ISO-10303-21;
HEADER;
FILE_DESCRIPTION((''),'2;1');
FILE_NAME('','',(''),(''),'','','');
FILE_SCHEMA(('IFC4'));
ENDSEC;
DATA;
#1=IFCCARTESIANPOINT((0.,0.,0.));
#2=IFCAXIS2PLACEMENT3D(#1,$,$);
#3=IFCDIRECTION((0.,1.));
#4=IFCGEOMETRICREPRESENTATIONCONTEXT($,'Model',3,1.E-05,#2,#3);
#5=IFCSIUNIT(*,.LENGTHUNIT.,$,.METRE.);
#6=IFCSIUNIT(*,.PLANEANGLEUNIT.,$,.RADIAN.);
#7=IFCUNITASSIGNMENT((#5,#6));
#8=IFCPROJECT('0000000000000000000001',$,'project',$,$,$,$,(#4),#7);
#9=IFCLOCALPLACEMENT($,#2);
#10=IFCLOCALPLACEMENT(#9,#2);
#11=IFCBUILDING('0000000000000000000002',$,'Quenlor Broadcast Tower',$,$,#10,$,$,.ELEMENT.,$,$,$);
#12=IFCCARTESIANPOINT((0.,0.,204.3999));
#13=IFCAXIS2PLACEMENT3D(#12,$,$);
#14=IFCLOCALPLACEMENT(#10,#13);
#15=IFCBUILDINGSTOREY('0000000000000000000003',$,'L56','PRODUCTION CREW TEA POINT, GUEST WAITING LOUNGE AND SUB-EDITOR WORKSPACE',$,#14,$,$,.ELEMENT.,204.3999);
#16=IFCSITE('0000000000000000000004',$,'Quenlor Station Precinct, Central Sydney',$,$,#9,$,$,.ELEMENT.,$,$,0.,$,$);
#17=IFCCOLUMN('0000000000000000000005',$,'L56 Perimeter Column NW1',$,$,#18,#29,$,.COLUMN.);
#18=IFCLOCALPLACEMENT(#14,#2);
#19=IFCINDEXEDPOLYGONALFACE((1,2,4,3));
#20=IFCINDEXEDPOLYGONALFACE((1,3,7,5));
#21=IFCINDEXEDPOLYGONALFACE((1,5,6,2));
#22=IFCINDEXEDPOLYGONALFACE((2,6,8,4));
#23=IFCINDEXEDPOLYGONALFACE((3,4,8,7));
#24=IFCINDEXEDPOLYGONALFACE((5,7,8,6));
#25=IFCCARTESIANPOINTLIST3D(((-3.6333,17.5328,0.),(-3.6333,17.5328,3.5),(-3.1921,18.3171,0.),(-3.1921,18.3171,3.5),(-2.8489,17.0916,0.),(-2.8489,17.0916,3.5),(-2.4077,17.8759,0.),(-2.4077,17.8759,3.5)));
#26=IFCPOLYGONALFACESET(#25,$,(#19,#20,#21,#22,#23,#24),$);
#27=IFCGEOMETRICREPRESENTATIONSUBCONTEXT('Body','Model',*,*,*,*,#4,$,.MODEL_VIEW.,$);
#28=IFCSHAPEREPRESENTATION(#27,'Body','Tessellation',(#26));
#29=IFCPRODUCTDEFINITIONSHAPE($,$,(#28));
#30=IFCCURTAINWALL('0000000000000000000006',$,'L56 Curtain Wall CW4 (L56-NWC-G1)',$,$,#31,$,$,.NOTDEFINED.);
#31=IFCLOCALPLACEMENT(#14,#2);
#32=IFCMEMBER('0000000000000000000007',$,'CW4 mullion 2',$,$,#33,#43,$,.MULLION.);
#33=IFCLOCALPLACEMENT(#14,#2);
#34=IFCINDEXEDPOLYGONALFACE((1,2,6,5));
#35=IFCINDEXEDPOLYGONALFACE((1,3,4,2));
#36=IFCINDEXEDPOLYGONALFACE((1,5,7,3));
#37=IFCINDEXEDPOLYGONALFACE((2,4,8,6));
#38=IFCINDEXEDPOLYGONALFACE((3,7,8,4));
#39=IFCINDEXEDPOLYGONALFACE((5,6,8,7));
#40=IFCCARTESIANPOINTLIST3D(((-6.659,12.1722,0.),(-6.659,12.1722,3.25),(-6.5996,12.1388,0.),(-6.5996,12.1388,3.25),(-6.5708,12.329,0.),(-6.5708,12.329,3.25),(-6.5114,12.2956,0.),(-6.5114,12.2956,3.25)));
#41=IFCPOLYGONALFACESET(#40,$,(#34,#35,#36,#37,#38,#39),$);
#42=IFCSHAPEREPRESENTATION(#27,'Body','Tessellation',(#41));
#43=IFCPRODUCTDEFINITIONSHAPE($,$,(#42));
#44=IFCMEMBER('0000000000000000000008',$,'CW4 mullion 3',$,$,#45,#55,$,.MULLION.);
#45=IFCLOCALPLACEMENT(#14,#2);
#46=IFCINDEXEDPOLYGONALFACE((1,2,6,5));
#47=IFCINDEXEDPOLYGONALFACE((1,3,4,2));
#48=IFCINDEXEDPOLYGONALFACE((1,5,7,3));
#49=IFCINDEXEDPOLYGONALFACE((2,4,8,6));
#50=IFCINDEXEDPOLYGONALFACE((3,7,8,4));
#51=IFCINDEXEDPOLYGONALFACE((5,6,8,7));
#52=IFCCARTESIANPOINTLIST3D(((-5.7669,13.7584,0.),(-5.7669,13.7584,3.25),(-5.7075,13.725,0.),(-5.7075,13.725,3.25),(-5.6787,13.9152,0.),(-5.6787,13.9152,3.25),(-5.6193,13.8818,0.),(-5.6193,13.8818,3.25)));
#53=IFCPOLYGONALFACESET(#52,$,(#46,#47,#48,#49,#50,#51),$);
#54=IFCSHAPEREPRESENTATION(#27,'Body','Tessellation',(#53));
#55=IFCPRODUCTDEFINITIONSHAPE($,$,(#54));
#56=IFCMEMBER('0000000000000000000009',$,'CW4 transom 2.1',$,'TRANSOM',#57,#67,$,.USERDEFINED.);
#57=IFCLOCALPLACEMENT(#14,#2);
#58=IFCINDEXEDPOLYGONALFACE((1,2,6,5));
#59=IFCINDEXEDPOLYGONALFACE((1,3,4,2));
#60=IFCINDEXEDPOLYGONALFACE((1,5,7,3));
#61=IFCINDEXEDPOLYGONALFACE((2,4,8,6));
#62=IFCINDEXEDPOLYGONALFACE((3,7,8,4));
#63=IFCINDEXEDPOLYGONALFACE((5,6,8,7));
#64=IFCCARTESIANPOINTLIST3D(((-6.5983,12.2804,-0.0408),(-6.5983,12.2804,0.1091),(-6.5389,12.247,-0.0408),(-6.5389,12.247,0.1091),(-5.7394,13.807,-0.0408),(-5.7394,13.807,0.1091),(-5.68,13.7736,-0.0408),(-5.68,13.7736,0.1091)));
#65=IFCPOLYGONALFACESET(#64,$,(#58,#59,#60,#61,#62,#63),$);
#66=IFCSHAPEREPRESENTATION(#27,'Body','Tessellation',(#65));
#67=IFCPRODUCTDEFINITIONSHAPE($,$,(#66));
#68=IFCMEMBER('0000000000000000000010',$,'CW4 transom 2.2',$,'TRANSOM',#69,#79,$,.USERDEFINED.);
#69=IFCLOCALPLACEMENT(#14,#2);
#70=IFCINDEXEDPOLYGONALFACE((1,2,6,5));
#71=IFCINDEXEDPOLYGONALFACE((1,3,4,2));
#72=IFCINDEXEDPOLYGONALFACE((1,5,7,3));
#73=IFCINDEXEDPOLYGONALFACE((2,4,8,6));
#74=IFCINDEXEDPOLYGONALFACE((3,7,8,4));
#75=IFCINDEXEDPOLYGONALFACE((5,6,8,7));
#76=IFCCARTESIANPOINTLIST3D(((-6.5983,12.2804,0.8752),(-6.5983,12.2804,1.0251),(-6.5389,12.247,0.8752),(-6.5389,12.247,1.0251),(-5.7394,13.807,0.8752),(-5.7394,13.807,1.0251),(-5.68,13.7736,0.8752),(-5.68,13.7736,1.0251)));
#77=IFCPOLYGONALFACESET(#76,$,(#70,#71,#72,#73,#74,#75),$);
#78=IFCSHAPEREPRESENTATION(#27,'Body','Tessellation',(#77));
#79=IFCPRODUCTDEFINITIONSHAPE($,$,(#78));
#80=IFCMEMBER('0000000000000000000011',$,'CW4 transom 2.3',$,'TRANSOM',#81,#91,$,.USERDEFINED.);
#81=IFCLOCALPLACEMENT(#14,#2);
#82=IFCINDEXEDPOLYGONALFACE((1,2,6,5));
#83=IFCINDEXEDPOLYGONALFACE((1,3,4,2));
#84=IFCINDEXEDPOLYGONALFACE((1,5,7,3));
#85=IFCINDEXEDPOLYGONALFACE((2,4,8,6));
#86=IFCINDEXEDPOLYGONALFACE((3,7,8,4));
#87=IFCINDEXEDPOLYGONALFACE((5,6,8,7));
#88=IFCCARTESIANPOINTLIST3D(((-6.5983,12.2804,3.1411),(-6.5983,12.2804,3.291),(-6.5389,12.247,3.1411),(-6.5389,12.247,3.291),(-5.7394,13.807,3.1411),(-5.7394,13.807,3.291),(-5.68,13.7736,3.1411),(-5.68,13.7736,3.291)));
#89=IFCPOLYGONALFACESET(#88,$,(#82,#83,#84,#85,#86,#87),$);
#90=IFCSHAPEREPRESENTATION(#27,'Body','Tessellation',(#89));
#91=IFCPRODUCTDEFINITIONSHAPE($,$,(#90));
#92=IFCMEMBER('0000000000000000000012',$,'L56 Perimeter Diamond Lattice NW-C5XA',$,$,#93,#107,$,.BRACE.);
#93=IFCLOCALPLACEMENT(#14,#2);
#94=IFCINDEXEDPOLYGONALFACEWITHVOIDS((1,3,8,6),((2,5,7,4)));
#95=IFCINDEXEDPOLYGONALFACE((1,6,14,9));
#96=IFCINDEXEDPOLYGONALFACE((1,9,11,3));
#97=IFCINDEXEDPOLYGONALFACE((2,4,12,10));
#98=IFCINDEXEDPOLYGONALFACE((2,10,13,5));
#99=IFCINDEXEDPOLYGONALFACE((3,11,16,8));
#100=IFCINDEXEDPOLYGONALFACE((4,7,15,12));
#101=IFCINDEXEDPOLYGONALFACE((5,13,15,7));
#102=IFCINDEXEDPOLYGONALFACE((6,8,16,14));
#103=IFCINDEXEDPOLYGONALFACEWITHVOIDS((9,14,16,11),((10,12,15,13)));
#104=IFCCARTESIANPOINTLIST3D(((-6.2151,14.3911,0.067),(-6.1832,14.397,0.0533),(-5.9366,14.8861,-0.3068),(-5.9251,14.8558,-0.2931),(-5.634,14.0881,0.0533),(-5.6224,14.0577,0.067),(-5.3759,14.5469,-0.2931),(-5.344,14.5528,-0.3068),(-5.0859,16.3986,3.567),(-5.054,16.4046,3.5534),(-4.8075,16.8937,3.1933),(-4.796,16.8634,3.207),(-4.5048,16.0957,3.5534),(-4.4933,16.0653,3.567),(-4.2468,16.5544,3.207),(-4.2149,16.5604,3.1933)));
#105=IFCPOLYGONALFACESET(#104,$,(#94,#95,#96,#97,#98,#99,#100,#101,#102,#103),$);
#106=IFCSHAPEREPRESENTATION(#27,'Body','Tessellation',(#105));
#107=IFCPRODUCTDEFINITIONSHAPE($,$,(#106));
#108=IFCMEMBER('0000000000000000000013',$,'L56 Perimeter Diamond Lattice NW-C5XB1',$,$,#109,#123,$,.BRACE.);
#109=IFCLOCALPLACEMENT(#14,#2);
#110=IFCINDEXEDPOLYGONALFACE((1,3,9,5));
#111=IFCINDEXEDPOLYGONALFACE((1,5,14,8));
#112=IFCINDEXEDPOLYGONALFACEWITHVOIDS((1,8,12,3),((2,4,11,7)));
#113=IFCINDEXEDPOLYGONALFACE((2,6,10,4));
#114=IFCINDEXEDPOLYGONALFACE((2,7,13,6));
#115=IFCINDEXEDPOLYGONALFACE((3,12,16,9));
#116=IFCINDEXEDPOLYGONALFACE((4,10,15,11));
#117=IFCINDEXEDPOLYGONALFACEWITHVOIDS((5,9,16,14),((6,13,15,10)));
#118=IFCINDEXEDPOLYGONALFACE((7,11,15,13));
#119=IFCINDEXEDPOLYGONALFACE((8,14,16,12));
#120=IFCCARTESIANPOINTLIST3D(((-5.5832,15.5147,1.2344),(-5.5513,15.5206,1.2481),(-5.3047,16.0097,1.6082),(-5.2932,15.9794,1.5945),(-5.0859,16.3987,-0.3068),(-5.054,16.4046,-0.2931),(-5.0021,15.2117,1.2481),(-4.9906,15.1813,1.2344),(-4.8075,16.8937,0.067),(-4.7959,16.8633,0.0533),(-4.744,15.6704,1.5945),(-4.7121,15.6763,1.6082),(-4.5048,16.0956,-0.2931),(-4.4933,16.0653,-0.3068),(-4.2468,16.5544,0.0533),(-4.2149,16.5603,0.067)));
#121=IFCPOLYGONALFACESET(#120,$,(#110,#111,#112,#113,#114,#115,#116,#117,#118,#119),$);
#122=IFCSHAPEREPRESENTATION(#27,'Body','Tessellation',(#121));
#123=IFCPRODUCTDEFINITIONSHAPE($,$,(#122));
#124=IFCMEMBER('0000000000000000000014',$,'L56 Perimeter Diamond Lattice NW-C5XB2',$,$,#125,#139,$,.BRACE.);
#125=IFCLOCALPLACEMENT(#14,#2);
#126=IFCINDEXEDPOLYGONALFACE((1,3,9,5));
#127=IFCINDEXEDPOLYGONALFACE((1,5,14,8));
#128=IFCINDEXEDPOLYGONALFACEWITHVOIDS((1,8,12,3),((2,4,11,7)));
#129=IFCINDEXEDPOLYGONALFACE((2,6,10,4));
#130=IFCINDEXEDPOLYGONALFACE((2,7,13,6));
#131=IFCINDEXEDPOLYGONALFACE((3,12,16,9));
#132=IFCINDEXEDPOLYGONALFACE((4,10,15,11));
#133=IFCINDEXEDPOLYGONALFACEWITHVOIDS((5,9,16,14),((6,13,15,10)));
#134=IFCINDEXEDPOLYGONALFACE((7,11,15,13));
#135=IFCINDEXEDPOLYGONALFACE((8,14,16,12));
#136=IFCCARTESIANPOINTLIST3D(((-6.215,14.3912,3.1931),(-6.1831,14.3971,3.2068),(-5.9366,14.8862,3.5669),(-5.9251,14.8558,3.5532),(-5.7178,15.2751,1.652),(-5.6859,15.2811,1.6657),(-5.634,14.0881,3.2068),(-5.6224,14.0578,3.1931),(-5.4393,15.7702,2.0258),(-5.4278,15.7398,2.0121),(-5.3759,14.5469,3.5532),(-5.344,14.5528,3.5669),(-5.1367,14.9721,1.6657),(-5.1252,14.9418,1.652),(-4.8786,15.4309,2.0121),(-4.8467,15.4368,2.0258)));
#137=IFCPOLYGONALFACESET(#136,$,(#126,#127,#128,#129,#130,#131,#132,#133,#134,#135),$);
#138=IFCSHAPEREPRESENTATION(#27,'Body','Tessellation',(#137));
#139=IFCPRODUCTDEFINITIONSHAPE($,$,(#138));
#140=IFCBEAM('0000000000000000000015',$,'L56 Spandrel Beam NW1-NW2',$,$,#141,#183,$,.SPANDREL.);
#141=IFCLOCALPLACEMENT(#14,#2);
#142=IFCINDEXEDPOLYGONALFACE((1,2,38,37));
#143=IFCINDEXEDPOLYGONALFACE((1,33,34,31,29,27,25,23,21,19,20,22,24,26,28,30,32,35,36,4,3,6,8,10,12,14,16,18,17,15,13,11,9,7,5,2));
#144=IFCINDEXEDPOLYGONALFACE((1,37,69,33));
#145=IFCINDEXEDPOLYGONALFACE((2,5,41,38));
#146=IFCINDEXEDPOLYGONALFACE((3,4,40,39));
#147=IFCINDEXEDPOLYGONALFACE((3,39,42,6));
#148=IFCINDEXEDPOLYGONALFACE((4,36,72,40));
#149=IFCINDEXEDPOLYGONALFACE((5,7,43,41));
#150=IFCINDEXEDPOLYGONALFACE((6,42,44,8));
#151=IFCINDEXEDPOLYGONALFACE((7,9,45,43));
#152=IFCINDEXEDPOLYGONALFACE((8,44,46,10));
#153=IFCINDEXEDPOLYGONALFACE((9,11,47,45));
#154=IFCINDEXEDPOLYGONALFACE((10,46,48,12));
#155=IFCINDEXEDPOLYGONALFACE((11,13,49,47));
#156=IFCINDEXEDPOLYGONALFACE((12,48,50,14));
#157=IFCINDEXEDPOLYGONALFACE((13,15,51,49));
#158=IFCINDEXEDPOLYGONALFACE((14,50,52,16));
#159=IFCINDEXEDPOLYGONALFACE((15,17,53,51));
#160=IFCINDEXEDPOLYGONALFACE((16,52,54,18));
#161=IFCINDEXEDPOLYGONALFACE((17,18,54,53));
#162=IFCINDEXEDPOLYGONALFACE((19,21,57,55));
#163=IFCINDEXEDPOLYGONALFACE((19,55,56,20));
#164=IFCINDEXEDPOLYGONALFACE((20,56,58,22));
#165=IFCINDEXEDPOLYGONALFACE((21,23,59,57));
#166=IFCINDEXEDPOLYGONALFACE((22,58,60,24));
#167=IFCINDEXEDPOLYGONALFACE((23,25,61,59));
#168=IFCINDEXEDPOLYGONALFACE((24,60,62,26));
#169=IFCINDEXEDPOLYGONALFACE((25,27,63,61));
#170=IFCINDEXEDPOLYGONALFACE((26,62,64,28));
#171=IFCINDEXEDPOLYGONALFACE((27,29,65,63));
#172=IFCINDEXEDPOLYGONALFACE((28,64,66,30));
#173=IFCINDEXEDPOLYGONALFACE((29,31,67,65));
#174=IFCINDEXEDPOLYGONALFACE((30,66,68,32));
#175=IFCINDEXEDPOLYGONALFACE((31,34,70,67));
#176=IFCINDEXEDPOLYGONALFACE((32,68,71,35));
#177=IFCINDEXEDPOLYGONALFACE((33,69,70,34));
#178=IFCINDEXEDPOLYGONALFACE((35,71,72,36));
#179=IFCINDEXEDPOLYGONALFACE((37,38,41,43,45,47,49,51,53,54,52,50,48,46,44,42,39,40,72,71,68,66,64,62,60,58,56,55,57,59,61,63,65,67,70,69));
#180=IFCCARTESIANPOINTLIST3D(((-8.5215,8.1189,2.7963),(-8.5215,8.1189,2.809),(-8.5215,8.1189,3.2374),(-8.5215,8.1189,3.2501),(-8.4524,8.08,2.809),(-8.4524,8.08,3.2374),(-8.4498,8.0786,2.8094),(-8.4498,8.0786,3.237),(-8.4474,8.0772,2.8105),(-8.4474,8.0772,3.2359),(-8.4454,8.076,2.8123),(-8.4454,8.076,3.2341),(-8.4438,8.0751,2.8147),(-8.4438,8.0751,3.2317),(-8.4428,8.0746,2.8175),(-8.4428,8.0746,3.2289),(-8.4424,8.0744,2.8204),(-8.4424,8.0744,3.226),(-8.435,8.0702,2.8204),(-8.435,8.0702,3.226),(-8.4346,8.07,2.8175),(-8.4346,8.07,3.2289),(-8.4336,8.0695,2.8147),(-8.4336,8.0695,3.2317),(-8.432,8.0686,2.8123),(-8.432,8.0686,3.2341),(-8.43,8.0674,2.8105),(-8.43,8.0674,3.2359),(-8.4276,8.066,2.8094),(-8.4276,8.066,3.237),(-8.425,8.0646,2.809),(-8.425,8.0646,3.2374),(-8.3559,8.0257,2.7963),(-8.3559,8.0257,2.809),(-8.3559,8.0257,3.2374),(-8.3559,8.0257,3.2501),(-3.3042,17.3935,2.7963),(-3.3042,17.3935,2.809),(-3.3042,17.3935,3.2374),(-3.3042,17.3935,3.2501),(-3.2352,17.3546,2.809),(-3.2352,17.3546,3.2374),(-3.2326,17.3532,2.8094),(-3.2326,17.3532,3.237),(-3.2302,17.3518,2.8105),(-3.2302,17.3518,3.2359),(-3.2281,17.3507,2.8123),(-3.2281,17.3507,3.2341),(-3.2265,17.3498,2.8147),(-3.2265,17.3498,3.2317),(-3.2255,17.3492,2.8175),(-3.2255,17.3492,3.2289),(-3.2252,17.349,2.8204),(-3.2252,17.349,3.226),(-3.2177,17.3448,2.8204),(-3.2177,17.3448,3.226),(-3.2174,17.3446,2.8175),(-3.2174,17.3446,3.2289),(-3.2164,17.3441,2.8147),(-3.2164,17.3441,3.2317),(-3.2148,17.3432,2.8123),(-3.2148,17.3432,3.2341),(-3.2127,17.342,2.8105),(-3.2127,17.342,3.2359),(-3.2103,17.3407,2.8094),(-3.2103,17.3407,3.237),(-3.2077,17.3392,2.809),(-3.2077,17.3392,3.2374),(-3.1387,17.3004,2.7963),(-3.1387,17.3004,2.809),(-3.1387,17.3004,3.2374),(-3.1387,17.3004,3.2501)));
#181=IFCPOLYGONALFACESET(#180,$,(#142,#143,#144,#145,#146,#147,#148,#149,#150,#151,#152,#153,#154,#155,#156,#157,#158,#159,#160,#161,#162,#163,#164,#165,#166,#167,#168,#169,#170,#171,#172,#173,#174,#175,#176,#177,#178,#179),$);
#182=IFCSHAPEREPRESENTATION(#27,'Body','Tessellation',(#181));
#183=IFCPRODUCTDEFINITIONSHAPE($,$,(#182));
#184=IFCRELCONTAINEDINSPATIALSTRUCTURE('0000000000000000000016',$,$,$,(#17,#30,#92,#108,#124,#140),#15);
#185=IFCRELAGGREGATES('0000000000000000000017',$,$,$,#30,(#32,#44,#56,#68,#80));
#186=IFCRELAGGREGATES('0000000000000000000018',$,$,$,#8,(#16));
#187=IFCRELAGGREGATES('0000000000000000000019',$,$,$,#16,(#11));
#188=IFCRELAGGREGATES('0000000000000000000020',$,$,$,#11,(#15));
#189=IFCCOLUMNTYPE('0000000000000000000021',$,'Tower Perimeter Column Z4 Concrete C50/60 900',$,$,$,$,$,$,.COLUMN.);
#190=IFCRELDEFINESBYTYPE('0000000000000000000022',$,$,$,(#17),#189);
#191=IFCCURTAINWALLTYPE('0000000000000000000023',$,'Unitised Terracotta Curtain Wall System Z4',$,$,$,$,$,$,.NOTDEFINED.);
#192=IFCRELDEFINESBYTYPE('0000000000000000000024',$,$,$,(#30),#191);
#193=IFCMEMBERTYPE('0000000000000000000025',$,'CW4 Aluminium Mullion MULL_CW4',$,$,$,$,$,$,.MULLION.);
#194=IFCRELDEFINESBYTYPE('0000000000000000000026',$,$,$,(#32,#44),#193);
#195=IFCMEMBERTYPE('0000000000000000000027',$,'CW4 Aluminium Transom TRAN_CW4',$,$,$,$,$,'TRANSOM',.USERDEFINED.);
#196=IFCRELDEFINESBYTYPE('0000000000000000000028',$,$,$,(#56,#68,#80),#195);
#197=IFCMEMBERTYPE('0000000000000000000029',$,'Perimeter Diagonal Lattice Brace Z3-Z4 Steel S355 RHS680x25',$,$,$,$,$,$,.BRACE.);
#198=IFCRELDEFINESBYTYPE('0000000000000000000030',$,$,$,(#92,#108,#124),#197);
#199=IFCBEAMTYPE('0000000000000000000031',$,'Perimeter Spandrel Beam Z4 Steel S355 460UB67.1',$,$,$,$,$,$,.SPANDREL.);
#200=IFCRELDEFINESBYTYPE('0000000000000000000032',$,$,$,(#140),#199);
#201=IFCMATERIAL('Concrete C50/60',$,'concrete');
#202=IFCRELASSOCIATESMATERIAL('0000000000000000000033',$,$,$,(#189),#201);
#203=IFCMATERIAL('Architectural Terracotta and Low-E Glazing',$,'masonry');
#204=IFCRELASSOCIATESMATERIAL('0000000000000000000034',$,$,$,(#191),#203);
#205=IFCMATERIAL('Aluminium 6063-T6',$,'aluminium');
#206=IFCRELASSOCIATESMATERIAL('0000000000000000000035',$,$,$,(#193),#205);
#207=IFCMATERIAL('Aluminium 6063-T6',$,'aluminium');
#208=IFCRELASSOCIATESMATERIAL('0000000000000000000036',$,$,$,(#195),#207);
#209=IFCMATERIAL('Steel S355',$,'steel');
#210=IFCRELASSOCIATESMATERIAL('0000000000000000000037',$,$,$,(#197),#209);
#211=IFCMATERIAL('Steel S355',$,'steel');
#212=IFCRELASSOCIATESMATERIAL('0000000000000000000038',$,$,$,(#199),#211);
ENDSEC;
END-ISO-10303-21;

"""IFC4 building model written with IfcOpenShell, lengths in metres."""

from ifc_helpers import new_model, si_unit, direction, frame, origin, origin_2d, place, context, subcontext, project, spatial, rectangle, hollow_rectangle, i_section, extrude, material, material_profile, profile_set, type_object, element, aggregate, save


model = new_model("IFC4")

# Units and contexts
model_context = context("Model", 3, precision=1e-05, world=origin(), true_north=direction((0.0, 1.0)))
body_context = subcontext(model_context, "Body", "Model", "MODEL_VIEW")
ifc_project = project(units=[si_unit("LENGTHUNIT", "METRE"), si_unit("PLANEANGLEUNIT", "RADIAN")], contexts=[model_context])

# Site, building, storey
site_placement = place(None, origin())
site = spatial("IfcSite", under=ifc_project, at=site_placement, Name="Quenlor Station Precinct, Central Sydney", CompositionType="ELEMENT", RefElevation=0.0)
building_placement = place(site_placement, origin())
building = spatial("IfcBuilding", under=site, at=building_placement, Name="Quenlor Broadcast Tower", CompositionType="ELEMENT")
storey_placement = place(building_placement, frame((0.0, 0.0, 204.3999)))
storey = spatial("IfcBuildingStorey", under=building, at=storey_placement, Name="L56", Description="PRODUCTION CREW TEA POINT, GUEST WAITING LOUNGE AND SUB-EDITOR WORKSPACE", CompositionType="ELEMENT", Elevation=204.3999)

# Column
ifc_material_1 = material(Name="Concrete C50/60", Category="concrete")
ifc_material_profile_1 = material_profile(ifc_material_1, rectangle(XDim=0.8999, YDim=0.8999, at=origin_2d()))
ifc_profile_set_1 = profile_set([ifc_material_profile_1], Name="Concrete C50/60 RC900x900")
column_type = type_object("IfcColumnType", Name="Tower Perimeter Column Z4 Concrete C50/60 900", PredefinedType="COLUMN", material=ifc_profile_set_1)
column_placement = place(storey_placement, frame((-3.0205, 17.7043, 0.0), z_axis=(0.0, 0.0, 1.0), x_axis=(-0.871575, 0.490262, 0.0)))
element("IfcColumn", 1, at=column_placement, inside=storey, type_object=column_type, Name="L56 Perimeter Column NW1", PredefinedType="COLUMN", context=body_context, shape_type="SweptSolid", body=[
    extrude(rectangle(XDim=0.8999, YDim=0.8999, at=origin_2d()), origin(), (0.0, 0.0, 1.0), 3.5),
])

# Curtain wall, members
ifc_material_2 = material(Name="Architectural Terracotta and Low-E Glazing", Category="masonry")
curtain_wall_type = type_object("IfcCurtainWallType", Name="Unitised Terracotta Curtain Wall System Z4", PredefinedType="NOTDEFINED", material=ifc_material_2)
curtain_wall_placement = place(storey_placement, origin())
curtain_wall = element("IfcCurtainWall", 2, at=curtain_wall_placement, inside=storey, type_object=curtain_wall_type, Name="L56 Curtain Wall CW4 (L56-NWC-G1)", PredefinedType="NOTDEFINED")
ifc_material_3 = material(Name="Aluminium 6063-T6", Category="aluminium")
ifc_material_profile_2 = material_profile(ifc_material_3, rectangle(XDim=0.0681, YDim=0.1799, at=origin_2d()))
ifc_profile_set_2 = profile_set([ifc_material_profile_2], Name="Aluminium 6063-T6 MULL68x180")
member_type_1 = type_object("IfcMemberType", Name="CW4 Aluminium Mullion MULL_CW4", PredefinedType="MULLION", material=ifc_profile_set_2)
member_1_placement = place(storey_placement, frame((-6.5852, 12.2339, 0.0), z_axis=(0.0, 0.0, 1.0), x_axis=(-0.871576, 0.49026, 0.0)))
member_1 = element("IfcMember", 3, at=member_1_placement, type_object=member_type_1, Name="CW4 mullion 2", PredefinedType="MULLION", context=body_context, shape_type="SweptSolid", body=[
    extrude(rectangle(XDim=0.0681, YDim=0.1799, at=origin_2d()), origin(), (0.0, 0.0, 1.0), 3.25),
])
member_2_placement = place(storey_placement, frame((-5.6931, 13.8201, 0.0), z_axis=(0.0, 0.0, 1.0), x_axis=(-0.871576, 0.49026, 0.0)))
member_2 = element("IfcMember", 4, at=member_2_placement, type_object=member_type_1, Name="CW4 mullion 3", PredefinedType="MULLION", context=body_context, shape_type="SweptSolid", body=[
    extrude(rectangle(XDim=0.0681, YDim=0.1799, at=origin_2d()), origin(), (0.0, 0.0, 1.0), 3.25),
])
ifc_material_4 = material(Name="Aluminium 6063-T6", Category="aluminium")
ifc_material_profile_3 = material_profile(ifc_material_4, rectangle(XDim=0.0681, YDim=0.1499, at=origin_2d()))
ifc_profile_set_3 = profile_set([ifc_material_profile_3], Name="Aluminium 6063-T6 TRAN68x150")
member_type_2 = type_object("IfcMemberType", Name="CW4 Aluminium Transom TRAN_CW4", ElementType="TRANSOM", PredefinedType="USERDEFINED", material=ifc_profile_set_3)
member_3_placement = place(storey_placement, frame((-6.5686, 12.2637, 0.0342), z_axis=(0.490334, 0.871535, 0.0), x_axis=(-0.871535, 0.490334, 0.0)))
member_3 = element("IfcMember", 5, at=member_3_placement, type_object=member_type_2, Name="CW4 transom 2.1", ObjectType="TRANSOM", PredefinedType="USERDEFINED", context=body_context, shape_type="SweptSolid", body=[
    extrude(rectangle(XDim=0.0681, YDim=0.1499, at=origin_2d()), origin(), (0.0, 0.0, 1.0), 1.7517),
])
member_4_placement = place(storey_placement, frame((-6.5686, 12.2637, 0.9502), z_axis=(0.490334, 0.871535, 0.0), x_axis=(-0.871535, 0.490334, 0.0)))
member_4 = element("IfcMember", 6, at=member_4_placement, type_object=member_type_2, Name="CW4 transom 2.2", ObjectType="TRANSOM", PredefinedType="USERDEFINED", context=body_context, shape_type="SweptSolid", body=[
    extrude(rectangle(XDim=0.0681, YDim=0.1499, at=origin_2d()), origin(), (0.0, 0.0, 1.0), 1.7517),
])
member_5_placement = place(storey_placement, frame((-6.5686, 12.2637, 3.2161), z_axis=(0.490334, 0.871535, 0.0), x_axis=(-0.871535, 0.490334, 0.0)))
member_5 = element("IfcMember", 7, at=member_5_placement, type_object=member_type_2, Name="CW4 transom 2.3", ObjectType="TRANSOM", PredefinedType="USERDEFINED", context=body_context, shape_type="SweptSolid", body=[
    extrude(rectangle(XDim=0.0681, YDim=0.1499, at=origin_2d()), origin(), (0.0, 0.0, 1.0), 1.7517),
])

# Members
ifc_material_5 = material(Name="Steel S355", Category="steel")
ifc_material_profile_4 = material_profile(ifc_material_5, hollow_rectangle(XDim=0.6799, YDim=0.6799, WallThickness=0.0249, at=origin_2d()))
ifc_profile_set_4 = profile_set([ifc_material_profile_4], Name="Steel S355 RHS680x680x25")
member_type_3 = type_object("IfcMemberType", Name="Perimeter Diagonal Lattice Brace Z3-Z4 Steel S355 RHS680x25", PredefinedType="BRACE", material=ifc_profile_set_4)
member_6_placement = place(storey_placement, frame((-5.7795, 14.4719, -0.1199), z_axis=(0.269493, 0.479144, 0.835341), x_axis=(-0.871595, 0.490226, 0.0)))
element("IfcMember", 8, at=member_6_placement, inside=storey, type_object=member_type_3, Name="L56 Perimeter Diamond Lattice NW-C5XA", PredefinedType="BRACE", context=body_context, shape_type="SweptSolid", body=[
    extrude(hollow_rectangle(XDim=0.6799, YDim=0.6799, WallThickness=0.0249, at=origin_2d()), origin(), (0.0, 0.0, 1.0), 4.1899),
])
for number, where, z_axis, x_axis, name in (
    (9, (-4.6504, 16.4795, -0.1199), (-0.269536, -0.47913, 0.835335), (0.871556, -0.490296, 0.0), "L56 Perimeter Diamond Lattice NW-C5XB1"),
    (10, (-5.2822, 15.356, 1.8389), (-0.269536, -0.47913, 0.835335), (0.871556, -0.490296, 0.0), "L56 Perimeter Diamond Lattice NW-C5XB2"),
):
    element("IfcMember", number, at=place(storey_placement, frame(where, z_axis=z_axis, x_axis=x_axis)), inside=storey, type_object=member_type_3, Name=name, PredefinedType="BRACE", context=body_context, shape_type="SweptSolid", body=[
        extrude(hollow_rectangle(XDim=0.6799, YDim=0.6799, WallThickness=0.0249, at=origin_2d()), origin(), (0.0, 0.0, 1.0), 1.845),
    ])

# Beam
ifc_material_6 = material(Name="Steel S355", Category="steel")
ifc_material_profile_5 = material_profile(ifc_material_6, i_section(OverallWidth=0.1899, OverallDepth=0.4539, WebThickness=0.0085, FlangeThickness=0.0127, FilletRadius=0.0115, at=origin_2d()))
ifc_profile_set_5 = profile_set([ifc_material_profile_5], Name="Steel S355 460UB67.1")
beam_type_1 = type_object("IfcBeamType", Name="Perimeter Spandrel Beam Z4 Steel S355 460UB67.1", PredefinedType="SPANDREL", material=ifc_profile_set_5)
beam_1_placement = place(storey_placement, frame((-3.2214, 17.3469, 3.0232), z_axis=(-0.490282, -0.871564, 0.0), x_axis=(0.871564, -0.490282, 0.0)))
element("IfcBeam", 11, at=beam_1_placement, inside=storey, type_object=beam_type_1, Name="L56 Spandrel Beam NW1-NW2", PredefinedType="SPANDREL", context=body_context, shape_type="SweptSolid", body=[
    extrude(i_section(OverallWidth=0.1899, OverallDepth=0.4539, WebThickness=0.0085, FlangeThickness=0.0127, FilletRadius=0.0115, at=origin_2d()), origin(), (0.0, 0.0, 1.0), 10.6414),
])

aggregate(curtain_wall, [member_1, member_2, member_3, member_4, member_5])

save(model, "model.ifc")
